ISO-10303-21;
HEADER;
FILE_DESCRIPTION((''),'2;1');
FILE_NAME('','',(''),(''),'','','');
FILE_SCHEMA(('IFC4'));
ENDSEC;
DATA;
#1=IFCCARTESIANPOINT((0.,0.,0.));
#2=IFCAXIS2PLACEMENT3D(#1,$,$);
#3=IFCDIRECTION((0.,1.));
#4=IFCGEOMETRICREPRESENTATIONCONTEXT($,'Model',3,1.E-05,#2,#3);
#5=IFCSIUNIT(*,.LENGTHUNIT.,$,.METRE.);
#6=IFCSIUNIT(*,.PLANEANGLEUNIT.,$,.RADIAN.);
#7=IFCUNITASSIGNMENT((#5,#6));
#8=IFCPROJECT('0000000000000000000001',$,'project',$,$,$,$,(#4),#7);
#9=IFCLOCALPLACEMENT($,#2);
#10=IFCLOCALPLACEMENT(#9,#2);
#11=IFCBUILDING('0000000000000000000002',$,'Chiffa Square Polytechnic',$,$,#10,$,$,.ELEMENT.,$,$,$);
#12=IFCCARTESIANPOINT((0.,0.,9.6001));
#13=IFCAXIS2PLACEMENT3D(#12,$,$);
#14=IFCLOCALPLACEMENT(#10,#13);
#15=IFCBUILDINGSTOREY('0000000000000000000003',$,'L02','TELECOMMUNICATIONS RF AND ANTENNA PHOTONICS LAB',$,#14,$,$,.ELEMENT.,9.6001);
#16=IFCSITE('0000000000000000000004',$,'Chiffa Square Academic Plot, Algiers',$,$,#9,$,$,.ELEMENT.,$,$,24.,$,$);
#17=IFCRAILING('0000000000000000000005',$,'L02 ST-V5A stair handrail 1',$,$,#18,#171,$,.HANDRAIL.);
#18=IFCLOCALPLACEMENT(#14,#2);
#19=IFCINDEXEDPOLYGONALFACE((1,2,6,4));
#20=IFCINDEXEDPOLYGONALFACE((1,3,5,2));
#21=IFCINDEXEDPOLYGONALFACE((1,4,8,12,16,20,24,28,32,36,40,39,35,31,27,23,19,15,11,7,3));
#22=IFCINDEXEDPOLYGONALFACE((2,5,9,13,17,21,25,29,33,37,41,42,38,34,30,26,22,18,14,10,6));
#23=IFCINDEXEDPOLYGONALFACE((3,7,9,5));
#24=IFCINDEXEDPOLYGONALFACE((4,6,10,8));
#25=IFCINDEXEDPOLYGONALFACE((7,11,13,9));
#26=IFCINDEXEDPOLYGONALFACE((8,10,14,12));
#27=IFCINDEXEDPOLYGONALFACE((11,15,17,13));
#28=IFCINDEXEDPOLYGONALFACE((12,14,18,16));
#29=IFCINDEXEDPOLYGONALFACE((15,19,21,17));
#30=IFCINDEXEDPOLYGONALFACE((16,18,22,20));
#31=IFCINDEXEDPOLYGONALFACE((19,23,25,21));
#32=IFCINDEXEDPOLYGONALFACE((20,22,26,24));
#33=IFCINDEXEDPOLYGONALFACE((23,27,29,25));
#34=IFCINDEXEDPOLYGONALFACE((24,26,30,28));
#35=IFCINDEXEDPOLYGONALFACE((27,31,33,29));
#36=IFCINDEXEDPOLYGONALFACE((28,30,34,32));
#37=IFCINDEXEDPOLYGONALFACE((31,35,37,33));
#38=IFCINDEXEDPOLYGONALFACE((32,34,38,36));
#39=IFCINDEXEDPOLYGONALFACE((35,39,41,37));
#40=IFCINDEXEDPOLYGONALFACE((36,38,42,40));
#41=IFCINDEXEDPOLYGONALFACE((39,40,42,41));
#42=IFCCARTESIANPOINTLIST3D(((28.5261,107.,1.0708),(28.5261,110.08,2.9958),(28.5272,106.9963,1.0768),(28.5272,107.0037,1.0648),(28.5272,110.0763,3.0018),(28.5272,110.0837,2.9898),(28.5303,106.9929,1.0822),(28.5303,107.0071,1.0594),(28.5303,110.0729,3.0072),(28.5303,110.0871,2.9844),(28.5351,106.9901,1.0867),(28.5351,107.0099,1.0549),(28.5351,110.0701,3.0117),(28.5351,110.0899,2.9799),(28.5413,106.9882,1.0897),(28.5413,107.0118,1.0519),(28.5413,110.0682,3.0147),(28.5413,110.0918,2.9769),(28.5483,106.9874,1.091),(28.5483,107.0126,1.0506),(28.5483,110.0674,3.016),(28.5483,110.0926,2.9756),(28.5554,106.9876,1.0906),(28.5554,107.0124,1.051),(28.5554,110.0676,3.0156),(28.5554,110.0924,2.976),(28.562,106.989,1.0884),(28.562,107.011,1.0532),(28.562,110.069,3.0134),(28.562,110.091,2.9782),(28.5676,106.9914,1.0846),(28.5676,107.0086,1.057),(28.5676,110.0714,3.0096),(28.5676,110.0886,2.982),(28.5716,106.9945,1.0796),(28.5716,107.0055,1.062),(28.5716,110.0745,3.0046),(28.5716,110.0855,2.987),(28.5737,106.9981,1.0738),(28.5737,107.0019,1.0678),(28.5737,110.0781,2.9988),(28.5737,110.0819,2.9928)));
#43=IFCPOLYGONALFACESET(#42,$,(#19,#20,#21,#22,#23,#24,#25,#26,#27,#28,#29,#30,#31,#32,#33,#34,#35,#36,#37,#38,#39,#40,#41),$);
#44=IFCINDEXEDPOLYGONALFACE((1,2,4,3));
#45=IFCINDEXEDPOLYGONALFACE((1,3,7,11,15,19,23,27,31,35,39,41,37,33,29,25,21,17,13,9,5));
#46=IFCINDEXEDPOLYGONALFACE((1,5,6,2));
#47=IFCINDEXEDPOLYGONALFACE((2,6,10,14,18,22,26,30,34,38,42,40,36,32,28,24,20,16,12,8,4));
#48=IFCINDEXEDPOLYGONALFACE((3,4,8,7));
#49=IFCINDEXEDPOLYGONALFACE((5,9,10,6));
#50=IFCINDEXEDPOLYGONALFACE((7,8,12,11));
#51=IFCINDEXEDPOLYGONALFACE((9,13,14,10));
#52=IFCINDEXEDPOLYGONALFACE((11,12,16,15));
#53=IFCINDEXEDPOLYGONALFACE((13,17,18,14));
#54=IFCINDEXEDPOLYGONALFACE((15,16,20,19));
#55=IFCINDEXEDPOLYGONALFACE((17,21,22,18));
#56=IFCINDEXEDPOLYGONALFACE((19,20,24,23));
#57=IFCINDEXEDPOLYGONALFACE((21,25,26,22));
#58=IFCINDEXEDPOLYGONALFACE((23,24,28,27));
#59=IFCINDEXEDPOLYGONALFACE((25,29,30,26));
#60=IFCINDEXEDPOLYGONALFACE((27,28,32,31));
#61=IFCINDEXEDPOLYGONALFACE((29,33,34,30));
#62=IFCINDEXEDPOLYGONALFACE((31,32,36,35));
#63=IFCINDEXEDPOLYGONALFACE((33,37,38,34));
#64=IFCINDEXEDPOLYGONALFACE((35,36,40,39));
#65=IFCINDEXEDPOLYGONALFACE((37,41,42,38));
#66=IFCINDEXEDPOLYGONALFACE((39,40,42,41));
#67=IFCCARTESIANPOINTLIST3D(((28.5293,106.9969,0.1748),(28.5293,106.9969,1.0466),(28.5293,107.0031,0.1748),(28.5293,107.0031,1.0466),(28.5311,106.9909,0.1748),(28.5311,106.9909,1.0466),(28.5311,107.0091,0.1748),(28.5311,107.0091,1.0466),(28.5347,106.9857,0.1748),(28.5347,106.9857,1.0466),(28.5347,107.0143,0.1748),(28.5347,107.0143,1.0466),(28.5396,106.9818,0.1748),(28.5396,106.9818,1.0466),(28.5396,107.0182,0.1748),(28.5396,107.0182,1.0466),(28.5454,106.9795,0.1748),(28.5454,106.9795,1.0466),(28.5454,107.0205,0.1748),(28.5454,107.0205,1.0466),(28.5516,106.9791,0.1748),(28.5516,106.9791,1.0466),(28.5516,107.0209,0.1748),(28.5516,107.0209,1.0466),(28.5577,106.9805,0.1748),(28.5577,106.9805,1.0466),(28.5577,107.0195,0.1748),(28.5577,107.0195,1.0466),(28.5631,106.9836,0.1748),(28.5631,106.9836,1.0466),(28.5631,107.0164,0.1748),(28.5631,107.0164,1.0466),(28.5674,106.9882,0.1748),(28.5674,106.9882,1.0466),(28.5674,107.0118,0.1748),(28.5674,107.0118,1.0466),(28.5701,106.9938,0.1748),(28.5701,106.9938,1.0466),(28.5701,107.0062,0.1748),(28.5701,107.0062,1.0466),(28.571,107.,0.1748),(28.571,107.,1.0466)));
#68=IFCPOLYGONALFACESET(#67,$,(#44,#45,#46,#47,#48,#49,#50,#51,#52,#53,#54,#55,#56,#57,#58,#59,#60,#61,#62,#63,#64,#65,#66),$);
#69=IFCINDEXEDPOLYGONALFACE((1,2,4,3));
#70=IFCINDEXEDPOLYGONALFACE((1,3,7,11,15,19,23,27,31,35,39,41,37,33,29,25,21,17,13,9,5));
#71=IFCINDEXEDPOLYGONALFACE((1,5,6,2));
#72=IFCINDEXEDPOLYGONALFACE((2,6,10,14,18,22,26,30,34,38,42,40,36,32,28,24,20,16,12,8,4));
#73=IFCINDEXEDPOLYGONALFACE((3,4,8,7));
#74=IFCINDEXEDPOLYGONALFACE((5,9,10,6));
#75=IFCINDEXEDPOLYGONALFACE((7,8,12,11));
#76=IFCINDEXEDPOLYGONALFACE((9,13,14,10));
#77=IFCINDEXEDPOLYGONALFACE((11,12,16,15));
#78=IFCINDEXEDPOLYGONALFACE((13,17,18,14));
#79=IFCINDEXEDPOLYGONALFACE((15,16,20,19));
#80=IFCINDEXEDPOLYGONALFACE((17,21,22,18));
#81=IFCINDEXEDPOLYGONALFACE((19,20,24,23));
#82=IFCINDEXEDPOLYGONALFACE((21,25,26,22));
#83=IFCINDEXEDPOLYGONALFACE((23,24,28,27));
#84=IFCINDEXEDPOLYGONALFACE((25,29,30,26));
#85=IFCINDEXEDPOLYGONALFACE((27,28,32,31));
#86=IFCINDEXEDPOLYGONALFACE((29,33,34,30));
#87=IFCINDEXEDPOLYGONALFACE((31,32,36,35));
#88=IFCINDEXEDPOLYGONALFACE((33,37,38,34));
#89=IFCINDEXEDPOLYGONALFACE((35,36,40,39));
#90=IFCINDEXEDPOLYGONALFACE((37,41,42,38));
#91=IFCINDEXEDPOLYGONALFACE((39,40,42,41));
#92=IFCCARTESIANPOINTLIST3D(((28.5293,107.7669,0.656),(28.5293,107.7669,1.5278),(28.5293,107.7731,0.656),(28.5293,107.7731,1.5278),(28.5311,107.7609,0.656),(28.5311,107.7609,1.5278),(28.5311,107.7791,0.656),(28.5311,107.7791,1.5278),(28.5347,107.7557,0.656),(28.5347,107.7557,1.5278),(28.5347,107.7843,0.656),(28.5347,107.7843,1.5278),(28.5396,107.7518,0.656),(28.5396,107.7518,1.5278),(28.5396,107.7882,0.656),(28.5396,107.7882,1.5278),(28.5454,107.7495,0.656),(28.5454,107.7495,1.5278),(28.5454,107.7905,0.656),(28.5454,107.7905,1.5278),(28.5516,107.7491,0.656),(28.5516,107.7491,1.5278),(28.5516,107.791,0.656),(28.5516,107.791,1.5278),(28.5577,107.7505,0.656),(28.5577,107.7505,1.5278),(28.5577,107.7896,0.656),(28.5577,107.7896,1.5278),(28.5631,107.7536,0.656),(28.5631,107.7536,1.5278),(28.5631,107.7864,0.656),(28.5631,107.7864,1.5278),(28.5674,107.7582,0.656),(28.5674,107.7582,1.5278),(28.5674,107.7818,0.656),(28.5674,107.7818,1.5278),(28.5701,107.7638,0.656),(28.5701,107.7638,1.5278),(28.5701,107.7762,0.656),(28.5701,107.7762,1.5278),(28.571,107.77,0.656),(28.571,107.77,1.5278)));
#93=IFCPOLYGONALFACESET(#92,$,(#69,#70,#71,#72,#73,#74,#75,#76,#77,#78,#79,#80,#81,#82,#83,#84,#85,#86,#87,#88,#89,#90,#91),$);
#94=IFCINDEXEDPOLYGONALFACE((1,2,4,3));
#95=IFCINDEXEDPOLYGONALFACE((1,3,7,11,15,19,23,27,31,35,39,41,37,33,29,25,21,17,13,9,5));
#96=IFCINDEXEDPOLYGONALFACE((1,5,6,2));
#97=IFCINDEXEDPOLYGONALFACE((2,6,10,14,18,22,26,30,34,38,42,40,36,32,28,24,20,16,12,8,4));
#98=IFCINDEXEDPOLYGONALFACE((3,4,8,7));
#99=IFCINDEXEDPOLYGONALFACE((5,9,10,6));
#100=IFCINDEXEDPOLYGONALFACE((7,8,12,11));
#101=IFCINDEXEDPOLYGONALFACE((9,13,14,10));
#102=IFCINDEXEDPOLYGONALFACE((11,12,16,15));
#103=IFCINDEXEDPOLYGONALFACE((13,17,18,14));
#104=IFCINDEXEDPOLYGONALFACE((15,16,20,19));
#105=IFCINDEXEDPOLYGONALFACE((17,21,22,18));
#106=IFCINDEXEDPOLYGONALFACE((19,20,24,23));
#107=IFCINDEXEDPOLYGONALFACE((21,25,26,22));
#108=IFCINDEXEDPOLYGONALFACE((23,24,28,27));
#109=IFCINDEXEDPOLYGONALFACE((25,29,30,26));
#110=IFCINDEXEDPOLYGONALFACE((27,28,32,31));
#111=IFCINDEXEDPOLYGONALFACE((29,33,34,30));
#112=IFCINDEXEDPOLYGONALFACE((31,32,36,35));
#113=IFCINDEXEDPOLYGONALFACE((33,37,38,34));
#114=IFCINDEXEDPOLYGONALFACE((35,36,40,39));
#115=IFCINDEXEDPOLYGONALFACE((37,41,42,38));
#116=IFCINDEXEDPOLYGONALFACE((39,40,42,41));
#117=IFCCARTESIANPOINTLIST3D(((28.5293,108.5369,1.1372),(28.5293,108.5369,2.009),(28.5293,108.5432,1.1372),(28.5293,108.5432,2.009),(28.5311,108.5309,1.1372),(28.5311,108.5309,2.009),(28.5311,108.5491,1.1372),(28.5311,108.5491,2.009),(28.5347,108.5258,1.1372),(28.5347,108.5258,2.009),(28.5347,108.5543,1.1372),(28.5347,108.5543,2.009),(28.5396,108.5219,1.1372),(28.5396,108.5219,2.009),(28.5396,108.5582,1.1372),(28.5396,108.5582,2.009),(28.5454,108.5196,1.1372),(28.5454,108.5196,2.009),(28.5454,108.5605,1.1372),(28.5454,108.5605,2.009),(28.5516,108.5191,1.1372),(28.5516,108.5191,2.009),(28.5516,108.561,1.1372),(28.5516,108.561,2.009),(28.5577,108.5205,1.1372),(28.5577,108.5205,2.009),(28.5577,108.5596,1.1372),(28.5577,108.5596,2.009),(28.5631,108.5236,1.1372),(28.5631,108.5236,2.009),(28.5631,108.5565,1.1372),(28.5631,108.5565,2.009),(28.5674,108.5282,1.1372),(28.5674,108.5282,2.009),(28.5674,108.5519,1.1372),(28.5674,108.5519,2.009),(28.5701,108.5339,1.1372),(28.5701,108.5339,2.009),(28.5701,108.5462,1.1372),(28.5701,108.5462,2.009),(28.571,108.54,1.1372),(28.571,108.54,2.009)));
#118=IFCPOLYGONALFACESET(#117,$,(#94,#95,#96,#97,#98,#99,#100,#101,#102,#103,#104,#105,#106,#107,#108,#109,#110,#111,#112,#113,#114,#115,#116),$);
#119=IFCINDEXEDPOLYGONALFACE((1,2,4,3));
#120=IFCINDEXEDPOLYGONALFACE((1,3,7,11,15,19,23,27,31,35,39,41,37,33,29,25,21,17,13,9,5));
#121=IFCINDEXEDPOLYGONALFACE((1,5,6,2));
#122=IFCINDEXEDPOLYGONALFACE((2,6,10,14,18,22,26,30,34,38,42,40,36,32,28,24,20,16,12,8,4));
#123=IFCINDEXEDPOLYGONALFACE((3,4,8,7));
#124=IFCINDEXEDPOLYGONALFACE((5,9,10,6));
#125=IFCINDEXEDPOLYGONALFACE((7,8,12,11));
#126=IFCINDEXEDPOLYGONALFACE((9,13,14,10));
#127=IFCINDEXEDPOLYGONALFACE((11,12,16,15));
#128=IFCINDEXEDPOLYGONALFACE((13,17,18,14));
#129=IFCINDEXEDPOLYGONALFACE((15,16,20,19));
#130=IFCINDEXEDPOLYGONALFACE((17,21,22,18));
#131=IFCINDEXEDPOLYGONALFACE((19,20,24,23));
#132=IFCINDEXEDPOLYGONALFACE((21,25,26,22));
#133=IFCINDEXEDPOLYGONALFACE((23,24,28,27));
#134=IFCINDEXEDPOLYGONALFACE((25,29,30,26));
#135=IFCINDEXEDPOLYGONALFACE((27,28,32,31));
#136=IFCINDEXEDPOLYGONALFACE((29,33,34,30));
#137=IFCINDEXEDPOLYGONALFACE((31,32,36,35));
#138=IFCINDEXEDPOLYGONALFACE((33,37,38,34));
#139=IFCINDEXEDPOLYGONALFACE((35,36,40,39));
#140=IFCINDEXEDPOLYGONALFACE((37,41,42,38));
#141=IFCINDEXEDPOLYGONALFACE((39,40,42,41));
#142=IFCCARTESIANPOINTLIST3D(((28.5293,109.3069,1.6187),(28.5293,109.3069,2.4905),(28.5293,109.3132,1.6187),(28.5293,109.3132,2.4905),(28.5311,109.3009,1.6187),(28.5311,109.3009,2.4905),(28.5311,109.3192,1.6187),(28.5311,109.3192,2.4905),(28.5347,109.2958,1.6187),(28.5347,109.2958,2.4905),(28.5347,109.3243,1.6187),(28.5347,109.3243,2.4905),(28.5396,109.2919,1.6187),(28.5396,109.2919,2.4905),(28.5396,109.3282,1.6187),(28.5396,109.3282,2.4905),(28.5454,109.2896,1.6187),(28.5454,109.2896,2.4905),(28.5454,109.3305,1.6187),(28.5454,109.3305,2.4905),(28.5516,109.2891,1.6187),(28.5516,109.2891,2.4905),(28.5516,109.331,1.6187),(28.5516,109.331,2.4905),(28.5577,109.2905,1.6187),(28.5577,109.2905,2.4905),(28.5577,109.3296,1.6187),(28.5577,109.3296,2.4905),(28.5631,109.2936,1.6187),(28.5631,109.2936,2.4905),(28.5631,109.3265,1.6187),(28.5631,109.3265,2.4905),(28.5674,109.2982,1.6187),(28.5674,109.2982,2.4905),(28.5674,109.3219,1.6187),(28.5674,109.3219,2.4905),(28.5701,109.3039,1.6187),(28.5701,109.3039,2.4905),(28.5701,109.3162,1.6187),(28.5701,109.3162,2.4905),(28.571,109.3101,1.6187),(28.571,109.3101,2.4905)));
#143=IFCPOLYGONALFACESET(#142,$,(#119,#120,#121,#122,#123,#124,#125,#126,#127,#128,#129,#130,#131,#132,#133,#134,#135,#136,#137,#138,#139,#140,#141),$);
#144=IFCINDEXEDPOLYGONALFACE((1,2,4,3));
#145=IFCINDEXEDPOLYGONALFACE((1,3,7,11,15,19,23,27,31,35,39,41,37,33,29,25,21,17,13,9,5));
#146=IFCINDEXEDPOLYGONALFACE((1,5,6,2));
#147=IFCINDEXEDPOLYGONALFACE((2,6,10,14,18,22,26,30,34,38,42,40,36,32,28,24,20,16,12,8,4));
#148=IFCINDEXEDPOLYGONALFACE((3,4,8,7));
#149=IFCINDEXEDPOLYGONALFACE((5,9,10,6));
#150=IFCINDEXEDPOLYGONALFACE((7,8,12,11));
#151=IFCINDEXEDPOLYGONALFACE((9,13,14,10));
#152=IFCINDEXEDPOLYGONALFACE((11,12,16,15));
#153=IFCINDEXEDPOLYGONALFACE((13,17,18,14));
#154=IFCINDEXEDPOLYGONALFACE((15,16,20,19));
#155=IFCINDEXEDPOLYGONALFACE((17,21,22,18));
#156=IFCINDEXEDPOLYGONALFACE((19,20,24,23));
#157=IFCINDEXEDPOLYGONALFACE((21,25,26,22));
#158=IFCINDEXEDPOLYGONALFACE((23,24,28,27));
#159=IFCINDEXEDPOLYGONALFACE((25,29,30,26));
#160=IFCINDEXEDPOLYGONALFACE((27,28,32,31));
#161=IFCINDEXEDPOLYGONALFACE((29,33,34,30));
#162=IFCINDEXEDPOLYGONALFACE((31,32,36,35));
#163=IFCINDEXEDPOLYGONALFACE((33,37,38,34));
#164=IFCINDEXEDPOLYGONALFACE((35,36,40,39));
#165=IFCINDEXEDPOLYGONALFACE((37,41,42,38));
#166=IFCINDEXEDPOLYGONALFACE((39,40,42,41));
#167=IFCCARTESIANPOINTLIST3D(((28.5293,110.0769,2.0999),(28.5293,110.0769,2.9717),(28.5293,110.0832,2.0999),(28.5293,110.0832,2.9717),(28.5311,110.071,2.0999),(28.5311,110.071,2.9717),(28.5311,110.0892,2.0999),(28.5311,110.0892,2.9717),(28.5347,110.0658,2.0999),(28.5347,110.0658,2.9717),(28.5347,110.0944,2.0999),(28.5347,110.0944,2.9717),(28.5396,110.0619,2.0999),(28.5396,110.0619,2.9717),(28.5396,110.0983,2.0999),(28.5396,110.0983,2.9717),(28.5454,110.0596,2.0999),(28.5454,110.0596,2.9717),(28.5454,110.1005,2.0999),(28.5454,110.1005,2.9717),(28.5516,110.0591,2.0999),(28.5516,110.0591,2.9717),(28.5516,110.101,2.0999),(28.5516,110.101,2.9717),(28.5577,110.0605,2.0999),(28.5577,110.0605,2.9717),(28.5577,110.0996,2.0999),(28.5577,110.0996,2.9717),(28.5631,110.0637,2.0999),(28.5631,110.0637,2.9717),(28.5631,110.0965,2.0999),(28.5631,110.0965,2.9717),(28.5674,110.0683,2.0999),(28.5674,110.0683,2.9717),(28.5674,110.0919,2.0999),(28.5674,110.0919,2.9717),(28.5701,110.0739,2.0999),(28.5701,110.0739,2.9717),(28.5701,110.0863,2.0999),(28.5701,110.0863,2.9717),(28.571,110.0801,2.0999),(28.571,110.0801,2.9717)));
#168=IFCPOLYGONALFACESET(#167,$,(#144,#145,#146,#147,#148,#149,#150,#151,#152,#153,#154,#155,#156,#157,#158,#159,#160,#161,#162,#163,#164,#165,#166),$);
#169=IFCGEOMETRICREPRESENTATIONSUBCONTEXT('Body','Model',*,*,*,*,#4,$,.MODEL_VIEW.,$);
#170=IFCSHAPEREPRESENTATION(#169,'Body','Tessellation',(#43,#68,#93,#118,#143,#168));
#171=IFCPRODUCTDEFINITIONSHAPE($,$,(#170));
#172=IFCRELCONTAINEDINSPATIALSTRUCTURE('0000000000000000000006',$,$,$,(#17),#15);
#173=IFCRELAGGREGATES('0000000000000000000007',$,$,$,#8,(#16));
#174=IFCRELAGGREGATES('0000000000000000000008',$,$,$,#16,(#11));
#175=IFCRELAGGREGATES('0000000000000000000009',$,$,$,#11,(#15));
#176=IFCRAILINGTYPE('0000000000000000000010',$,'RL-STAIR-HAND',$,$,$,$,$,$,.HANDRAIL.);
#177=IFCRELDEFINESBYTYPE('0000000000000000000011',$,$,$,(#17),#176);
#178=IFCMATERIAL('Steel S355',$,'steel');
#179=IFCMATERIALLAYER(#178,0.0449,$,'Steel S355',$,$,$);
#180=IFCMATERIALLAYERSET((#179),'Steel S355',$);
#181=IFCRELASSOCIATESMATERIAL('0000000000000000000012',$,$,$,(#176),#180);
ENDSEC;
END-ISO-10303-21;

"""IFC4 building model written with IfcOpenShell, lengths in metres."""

from ifc_helpers import new_model, si_unit, direction, frame, origin, origin_2d, place, context, subcontext, project, spatial, circle, extrude, material, layer, layer_set, type_object, element, save


model = new_model("IFC4")

# Units and contexts
model_context = context("Model", 3, precision=1e-05, world=origin(), true_north=direction((0.0, 1.0)))
body_context = subcontext(model_context, "Body", "Model", "MODEL_VIEW")
ifc_project = project(units=[si_unit("LENGTHUNIT", "METRE"), si_unit("PLANEANGLEUNIT", "RADIAN")], contexts=[model_context])

# Site, building, storey
site_placement = place(None, origin())
site = spatial("IfcSite", under=ifc_project, at=site_placement, Name="Chiffa Square Academic Plot, Algiers", CompositionType="ELEMENT", RefElevation=24.0)
building_placement = place(site_placement, origin())
building = spatial("IfcBuilding", under=site, at=building_placement, Name="Chiffa Square Polytechnic", CompositionType="ELEMENT")
storey_placement = place(building_placement, frame((0.0, 0.0, 9.6001)))
storey = spatial("IfcBuildingStorey", under=building, at=storey_placement, Name="L02", Description="TELECOMMUNICATIONS RF AND ANTENNA PHOTONICS LAB", CompositionType="ELEMENT", Elevation=9.6001)

# Railing
ifc_material_1 = material(Name="Steel S355", Category="steel")
ifc_layer_1 = layer(ifc_material_1, 0.0449, Name="Steel S355")
ifc_layer_set_1 = layer_set([ifc_layer_1], Name="Steel S355")
railing_type_1 = type_object("IfcRailingType", Name="RL-STAIR-HAND", PredefinedType="HANDRAIL", material=ifc_layer_set_1)
railing_1_placement = place(storey_placement, frame((28.55, 107.0, 0.1748)))
element("IfcRailing", 1, at=railing_1_placement, inside=storey, type_object=railing_type_1, Name="L02 ST-V5A stair handrail 1", PredefinedType="HANDRAIL", context=body_context, shape_type="SweptSolid", body=[
    extrude(circle(Radius=0.0239, at=origin_2d()), frame((0.0, 0.0, 0.896), z_axis=(0.0, 0.847998, 0.529999), x_axis=(-1.0, 0.0, 0.0)), (0.0, 0.0, 1.0), 3.6321),
    extrude(circle(Radius=0.021, at=origin_2d()), origin(), (0.0, 0.0, 1.0), 0.8718),
    extrude(circle(Radius=0.021, at=origin_2d()), frame((0.0, 0.77, 0.4812)), (0.0, 0.0, 1.0), 0.8718),
    extrude(circle(Radius=0.021, at=origin_2d()), frame((0.0, 1.54, 0.9624)), (0.0, 0.0, 1.0), 0.8718),
    extrude(circle(Radius=0.021, at=origin_2d()), frame((0.0, 2.3101, 1.4438)), (0.0, 0.0, 1.0), 0.8718),
    extrude(circle(Radius=0.021, at=origin_2d()), frame((0.0, 3.0801, 1.925)), (0.0, 0.0, 1.0), 0.8718),
])

save(model, "model.ifc")
